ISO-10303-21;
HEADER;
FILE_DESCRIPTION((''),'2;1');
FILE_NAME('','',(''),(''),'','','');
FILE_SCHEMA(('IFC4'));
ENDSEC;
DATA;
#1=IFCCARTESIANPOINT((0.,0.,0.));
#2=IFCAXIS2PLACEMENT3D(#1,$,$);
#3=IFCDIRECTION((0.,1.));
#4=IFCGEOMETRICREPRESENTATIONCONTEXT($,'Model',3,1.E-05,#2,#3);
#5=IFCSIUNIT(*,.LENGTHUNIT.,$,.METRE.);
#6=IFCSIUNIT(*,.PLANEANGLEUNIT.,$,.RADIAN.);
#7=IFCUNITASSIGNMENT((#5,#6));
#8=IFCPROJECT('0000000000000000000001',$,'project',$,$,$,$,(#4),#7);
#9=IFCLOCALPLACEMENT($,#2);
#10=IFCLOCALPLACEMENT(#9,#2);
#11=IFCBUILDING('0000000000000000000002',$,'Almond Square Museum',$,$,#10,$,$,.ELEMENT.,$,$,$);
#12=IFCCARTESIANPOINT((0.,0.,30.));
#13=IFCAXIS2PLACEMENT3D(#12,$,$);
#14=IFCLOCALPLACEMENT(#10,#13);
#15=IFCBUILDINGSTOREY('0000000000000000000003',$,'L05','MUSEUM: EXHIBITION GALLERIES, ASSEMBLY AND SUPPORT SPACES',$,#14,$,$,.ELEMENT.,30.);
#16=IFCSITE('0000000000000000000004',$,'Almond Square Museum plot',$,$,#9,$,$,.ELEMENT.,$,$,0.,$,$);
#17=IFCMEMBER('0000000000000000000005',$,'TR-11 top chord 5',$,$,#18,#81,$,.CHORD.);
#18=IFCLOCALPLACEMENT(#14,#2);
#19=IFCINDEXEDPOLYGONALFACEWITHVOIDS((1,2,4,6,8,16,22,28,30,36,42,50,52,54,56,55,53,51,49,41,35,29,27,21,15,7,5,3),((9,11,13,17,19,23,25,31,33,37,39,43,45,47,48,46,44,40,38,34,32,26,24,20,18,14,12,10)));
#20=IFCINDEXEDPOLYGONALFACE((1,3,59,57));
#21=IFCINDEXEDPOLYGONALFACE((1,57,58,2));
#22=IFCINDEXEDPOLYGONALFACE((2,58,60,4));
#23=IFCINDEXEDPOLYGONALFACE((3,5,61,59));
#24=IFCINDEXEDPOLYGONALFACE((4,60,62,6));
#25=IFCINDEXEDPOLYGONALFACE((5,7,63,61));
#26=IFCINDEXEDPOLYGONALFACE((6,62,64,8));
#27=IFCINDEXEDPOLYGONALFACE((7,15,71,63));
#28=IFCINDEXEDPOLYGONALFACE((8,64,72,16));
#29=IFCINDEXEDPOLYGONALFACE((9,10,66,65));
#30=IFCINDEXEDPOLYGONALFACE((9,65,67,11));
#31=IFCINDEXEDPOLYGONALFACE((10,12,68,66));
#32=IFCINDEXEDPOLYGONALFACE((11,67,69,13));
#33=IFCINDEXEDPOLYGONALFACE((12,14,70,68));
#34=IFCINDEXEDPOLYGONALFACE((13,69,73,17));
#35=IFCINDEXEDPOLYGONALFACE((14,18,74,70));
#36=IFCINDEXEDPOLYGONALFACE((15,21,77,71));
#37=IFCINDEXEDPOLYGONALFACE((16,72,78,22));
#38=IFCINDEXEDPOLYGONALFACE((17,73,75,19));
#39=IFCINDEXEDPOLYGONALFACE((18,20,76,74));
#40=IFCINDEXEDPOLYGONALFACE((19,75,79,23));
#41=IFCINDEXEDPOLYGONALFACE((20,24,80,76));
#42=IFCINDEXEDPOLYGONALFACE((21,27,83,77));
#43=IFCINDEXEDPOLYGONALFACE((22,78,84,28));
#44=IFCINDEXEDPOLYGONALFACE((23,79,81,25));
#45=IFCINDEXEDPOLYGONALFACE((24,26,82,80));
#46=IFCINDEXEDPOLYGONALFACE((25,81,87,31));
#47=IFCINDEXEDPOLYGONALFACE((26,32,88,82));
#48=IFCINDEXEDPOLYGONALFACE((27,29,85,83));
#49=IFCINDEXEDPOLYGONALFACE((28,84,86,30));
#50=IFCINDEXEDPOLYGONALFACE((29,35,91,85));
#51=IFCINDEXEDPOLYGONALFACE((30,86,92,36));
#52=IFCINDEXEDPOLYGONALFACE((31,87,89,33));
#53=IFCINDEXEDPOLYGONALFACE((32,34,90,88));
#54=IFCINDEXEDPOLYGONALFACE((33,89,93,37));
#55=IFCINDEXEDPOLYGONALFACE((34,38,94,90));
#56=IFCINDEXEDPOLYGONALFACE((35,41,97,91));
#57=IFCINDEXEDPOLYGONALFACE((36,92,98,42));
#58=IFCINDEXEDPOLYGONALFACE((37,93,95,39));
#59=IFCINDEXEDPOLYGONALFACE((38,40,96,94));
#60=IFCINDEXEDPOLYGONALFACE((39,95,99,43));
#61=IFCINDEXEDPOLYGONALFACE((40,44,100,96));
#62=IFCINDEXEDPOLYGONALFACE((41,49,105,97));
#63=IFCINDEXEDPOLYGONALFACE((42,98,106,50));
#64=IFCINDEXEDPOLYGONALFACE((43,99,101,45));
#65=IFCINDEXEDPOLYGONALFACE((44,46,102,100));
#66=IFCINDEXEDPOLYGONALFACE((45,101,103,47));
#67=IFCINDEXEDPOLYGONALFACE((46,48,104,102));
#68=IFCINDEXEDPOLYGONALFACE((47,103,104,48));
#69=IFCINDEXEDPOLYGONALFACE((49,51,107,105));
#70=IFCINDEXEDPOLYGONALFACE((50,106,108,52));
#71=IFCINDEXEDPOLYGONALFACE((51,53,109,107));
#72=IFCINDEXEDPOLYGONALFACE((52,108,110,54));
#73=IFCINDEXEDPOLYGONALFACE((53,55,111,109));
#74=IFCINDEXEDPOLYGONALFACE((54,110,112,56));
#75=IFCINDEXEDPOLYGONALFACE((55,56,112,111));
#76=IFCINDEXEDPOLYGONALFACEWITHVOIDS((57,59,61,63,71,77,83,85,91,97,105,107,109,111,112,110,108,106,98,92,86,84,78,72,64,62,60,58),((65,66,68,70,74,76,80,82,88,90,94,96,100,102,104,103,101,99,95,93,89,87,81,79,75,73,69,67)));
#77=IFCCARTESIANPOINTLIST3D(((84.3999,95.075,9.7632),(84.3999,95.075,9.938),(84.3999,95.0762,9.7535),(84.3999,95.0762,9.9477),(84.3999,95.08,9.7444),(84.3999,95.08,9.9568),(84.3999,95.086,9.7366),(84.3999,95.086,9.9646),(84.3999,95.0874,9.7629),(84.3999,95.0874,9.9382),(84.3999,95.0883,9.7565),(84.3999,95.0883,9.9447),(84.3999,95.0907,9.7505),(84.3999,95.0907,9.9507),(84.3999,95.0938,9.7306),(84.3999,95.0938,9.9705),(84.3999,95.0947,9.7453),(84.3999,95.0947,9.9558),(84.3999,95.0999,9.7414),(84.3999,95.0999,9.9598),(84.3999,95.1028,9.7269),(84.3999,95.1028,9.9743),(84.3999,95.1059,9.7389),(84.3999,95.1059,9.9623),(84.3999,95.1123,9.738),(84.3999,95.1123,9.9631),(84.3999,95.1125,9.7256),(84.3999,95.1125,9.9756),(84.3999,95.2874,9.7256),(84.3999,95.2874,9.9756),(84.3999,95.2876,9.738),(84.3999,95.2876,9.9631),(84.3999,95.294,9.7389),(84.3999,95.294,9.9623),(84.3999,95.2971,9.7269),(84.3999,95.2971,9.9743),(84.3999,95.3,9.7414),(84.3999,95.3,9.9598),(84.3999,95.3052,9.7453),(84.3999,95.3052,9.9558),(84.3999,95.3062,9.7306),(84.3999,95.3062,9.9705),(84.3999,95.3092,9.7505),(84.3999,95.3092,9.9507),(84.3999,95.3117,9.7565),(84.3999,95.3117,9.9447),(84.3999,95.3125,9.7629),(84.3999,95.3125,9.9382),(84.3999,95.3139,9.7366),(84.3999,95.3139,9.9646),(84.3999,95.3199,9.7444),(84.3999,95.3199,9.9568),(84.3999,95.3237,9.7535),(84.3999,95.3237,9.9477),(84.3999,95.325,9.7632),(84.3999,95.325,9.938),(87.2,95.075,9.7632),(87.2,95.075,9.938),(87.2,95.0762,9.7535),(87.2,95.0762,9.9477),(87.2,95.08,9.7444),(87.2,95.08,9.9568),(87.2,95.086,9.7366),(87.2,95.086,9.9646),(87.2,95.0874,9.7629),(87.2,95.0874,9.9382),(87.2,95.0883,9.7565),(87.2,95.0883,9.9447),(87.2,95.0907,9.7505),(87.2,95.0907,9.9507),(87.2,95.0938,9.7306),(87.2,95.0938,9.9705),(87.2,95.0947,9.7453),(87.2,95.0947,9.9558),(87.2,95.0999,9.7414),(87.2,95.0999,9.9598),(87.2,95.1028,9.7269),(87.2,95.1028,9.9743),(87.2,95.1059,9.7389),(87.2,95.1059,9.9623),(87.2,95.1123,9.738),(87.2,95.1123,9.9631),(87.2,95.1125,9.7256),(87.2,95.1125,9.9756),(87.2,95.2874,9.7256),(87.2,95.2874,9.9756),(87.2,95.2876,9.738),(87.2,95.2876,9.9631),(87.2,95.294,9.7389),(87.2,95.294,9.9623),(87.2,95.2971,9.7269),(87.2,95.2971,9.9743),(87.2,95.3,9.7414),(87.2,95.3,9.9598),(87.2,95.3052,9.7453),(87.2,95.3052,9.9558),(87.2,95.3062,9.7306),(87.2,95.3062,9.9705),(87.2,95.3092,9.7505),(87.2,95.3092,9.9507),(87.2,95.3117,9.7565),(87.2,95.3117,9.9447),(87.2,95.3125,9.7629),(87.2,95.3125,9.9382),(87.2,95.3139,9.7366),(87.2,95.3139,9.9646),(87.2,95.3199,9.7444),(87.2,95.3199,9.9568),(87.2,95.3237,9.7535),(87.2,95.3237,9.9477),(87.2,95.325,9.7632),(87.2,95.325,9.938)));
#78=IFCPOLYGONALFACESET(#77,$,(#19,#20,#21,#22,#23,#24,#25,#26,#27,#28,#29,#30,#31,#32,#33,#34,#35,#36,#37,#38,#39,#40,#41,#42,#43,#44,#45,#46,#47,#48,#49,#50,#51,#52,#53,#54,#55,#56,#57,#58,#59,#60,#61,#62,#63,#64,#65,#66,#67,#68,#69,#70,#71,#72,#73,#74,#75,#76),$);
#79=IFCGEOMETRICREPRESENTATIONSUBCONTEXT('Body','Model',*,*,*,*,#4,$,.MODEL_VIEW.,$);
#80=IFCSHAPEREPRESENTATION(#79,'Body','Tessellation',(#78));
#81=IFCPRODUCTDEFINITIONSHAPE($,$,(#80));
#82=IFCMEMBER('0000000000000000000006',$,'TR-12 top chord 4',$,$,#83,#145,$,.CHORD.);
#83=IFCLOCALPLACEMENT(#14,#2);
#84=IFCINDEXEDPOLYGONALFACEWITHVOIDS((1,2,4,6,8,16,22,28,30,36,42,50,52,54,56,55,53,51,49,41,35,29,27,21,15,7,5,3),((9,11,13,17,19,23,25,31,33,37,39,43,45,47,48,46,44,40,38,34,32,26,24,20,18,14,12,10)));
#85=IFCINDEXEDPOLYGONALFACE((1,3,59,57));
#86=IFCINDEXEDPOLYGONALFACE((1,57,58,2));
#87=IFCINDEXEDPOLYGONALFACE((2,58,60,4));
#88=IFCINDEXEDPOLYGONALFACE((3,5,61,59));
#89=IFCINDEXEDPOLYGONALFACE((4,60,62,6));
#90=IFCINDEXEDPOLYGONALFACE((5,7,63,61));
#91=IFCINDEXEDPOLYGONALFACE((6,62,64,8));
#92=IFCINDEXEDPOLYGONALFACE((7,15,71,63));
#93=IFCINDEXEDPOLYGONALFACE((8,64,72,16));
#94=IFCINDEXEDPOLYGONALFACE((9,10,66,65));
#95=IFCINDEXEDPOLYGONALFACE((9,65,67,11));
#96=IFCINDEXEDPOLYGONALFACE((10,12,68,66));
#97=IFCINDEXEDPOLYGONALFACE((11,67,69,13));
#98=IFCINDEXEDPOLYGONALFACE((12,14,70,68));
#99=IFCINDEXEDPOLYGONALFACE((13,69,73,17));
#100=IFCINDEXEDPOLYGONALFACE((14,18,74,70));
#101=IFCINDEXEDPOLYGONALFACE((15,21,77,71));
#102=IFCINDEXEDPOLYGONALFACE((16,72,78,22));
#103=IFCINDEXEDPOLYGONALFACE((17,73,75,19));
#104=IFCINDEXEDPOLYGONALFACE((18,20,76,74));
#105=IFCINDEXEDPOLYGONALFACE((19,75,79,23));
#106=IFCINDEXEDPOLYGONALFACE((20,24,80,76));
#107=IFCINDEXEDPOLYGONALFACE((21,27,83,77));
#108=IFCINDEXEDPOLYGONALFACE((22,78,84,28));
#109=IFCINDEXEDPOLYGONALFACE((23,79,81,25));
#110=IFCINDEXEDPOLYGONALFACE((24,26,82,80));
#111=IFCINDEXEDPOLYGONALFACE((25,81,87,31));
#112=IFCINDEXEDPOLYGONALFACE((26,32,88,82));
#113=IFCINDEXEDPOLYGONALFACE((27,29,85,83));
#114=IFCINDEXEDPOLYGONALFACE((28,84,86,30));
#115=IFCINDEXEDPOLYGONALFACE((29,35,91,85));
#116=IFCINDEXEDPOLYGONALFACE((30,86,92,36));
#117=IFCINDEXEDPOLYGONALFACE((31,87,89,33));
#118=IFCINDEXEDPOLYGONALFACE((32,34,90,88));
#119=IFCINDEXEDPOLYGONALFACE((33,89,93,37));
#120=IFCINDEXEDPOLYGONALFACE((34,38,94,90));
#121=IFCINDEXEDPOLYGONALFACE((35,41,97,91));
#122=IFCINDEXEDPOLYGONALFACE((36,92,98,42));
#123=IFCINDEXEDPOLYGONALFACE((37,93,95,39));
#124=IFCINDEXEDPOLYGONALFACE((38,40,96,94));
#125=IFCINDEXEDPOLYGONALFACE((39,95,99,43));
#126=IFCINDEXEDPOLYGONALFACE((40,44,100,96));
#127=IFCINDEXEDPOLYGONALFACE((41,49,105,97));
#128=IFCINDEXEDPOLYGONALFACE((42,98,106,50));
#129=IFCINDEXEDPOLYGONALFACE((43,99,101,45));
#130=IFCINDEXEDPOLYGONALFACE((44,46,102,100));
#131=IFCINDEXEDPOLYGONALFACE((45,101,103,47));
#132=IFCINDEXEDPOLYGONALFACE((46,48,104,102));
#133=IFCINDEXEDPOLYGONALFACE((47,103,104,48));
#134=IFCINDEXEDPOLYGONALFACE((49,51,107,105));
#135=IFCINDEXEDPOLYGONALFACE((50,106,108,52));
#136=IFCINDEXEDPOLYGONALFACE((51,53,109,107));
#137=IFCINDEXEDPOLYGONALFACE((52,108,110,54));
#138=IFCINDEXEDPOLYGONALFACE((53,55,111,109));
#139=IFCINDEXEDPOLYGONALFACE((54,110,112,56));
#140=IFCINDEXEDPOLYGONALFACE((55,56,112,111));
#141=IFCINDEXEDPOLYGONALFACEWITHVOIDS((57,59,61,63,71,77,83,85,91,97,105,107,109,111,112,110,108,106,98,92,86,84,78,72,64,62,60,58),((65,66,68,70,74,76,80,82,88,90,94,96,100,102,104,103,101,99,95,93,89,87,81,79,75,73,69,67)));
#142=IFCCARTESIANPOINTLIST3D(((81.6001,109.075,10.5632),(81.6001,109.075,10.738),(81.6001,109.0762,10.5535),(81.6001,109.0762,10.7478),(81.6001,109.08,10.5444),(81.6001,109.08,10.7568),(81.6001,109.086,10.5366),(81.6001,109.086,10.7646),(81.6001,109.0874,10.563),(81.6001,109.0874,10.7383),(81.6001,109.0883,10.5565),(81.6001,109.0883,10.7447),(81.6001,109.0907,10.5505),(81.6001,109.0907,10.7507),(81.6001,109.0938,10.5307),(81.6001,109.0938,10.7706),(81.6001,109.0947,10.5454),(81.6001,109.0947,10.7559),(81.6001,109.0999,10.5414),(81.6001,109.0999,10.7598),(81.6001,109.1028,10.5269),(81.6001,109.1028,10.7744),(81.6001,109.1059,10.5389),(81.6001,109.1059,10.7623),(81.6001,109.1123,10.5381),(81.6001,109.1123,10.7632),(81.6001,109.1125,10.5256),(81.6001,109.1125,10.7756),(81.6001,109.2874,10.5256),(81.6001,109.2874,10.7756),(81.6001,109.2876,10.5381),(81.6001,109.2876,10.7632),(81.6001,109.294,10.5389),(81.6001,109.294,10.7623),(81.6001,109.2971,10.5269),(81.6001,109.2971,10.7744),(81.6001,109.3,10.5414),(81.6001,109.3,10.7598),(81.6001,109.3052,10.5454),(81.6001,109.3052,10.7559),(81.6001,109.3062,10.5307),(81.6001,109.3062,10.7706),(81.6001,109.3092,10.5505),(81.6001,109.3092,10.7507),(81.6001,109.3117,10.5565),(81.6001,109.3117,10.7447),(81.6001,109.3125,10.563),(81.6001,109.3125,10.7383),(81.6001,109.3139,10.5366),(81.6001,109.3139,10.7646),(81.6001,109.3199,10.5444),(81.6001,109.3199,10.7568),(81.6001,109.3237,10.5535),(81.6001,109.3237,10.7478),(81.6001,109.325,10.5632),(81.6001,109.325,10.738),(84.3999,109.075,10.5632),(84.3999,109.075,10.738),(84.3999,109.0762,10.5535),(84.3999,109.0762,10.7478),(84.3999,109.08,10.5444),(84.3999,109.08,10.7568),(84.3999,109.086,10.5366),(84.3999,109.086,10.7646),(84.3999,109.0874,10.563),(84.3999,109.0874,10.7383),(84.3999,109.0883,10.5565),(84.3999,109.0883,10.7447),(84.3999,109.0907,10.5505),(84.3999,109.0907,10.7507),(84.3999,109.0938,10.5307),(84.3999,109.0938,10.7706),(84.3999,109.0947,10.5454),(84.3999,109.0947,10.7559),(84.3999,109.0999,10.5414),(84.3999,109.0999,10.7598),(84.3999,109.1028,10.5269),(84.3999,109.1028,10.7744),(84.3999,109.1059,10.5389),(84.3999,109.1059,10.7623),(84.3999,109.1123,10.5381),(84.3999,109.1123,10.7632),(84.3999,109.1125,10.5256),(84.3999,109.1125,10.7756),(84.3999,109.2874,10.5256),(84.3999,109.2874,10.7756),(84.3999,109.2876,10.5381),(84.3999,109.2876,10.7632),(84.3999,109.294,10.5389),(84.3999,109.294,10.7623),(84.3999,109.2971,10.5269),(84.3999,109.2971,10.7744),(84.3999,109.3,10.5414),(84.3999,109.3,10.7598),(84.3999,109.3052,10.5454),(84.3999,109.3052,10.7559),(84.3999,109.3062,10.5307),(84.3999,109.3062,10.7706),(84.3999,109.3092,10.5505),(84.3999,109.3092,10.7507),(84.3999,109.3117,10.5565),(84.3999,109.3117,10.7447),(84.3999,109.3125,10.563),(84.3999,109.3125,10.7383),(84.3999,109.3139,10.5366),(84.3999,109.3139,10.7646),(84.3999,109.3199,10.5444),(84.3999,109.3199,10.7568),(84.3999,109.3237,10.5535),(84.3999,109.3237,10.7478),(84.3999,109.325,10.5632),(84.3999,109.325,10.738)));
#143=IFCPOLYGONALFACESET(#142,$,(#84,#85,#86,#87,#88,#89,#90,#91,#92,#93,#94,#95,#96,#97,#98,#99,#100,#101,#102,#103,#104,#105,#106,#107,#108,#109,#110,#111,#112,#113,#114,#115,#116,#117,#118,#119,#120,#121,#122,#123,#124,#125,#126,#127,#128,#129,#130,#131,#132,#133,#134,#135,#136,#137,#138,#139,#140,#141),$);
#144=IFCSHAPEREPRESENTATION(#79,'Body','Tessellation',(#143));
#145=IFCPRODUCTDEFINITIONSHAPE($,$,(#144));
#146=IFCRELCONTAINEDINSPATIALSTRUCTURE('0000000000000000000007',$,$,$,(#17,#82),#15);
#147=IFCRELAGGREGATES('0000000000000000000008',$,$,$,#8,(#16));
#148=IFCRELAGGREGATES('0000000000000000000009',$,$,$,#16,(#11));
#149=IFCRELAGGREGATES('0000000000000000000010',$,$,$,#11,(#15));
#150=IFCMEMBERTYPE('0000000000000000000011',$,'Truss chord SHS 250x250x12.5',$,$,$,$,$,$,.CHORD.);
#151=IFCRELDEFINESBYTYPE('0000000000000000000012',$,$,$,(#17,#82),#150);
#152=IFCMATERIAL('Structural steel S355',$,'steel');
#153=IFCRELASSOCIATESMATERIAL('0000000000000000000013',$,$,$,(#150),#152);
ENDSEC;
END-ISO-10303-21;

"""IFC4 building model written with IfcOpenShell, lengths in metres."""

from ifc_helpers import new_model, si_unit, direction, frame, origin, origin_2d, place, context, subcontext, project, spatial, hollow_rectangle, extrude, material, material_profile, profile_set, type_object, element, save


model = new_model("IFC4")

# Units and contexts
model_context = context("Model", 3, precision=1e-05, world=origin(), true_north=direction((0.0, 1.0)))
body_context = subcontext(model_context, "Body", "Model", "MODEL_VIEW")
ifc_project = project(units=[si_unit("LENGTHUNIT", "METRE"), si_unit("PLANEANGLEUNIT", "RADIAN")], contexts=[model_context])

# Site, building, storey
site_placement = place(None, origin())
site = spatial("IfcSite", under=ifc_project, at=site_placement, Name="Almond Square Museum plot", CompositionType="ELEMENT", RefElevation=0.0)
building_placement = place(site_placement, origin())
building = spatial("IfcBuilding", under=site, at=building_placement, Name="Almond Square Museum", CompositionType="ELEMENT")
storey_placement = place(building_placement, frame((0.0, 0.0, 30.0)))
storey = spatial("IfcBuildingStorey", under=building, at=storey_placement, Name="L05", Description="MUSEUM: EXHIBITION GALLERIES, ASSEMBLY AND SUPPORT SPACES", CompositionType="ELEMENT", Elevation=30.0)

# Members
ifc_material_1 = material(Name="Structural steel S355", Category="steel")
ifc_material_profile_1 = material_profile(ifc_material_1, hollow_rectangle(XDim=0.25, YDim=0.25, WallThickness=0.0125, InnerFilletRadius=0.0249, OuterFilletRadius=0.0376, at=origin_2d()))
ifc_profile_set_1 = profile_set([ifc_material_profile_1], Name="Structural steel S355")
member_type_1 = type_object("IfcMemberType", Name="Truss chord SHS 250x250x12.5", PredefinedType="CHORD", material=ifc_profile_set_1)
member_1_placement = place(storey_placement, frame((84.3999, 95.2, 9.8506), z_axis=(1.0, 0.0, 0.0), x_axis=(0.0, 1.0, 0.0)))
element("IfcMember", 1, at=member_1_placement, inside=storey, type_object=member_type_1, Name="TR-11 top chord 5", PredefinedType="CHORD", context=body_context, shape_type="SweptSolid", body=[
    extrude(hollow_rectangle(XDim=0.25, YDim=0.25, WallThickness=0.0125, InnerFilletRadius=0.0249, OuterFilletRadius=0.0376, at=origin_2d()), origin(), (0.0, 0.0, 1.0), 2.8),
])
member_2_placement = place(storey_placement, frame((81.6001, 109.2, 10.6506), z_axis=(1.0, 0.0, 0.0), x_axis=(0.0, 1.0, 0.0)))
element("IfcMember", 2, at=member_2_placement, inside=storey, type_object=member_type_1, Name="TR-12 top chord 4", PredefinedType="CHORD", context=body_context, shape_type="SweptSolid", body=[
    extrude(hollow_rectangle(XDim=0.25, YDim=0.25, WallThickness=0.0125, InnerFilletRadius=0.0249, OuterFilletRadius=0.0376, at=origin_2d()), origin(), (0.0, 0.0, 1.0), 2.7998),
])

save(model, "model.ifc")
